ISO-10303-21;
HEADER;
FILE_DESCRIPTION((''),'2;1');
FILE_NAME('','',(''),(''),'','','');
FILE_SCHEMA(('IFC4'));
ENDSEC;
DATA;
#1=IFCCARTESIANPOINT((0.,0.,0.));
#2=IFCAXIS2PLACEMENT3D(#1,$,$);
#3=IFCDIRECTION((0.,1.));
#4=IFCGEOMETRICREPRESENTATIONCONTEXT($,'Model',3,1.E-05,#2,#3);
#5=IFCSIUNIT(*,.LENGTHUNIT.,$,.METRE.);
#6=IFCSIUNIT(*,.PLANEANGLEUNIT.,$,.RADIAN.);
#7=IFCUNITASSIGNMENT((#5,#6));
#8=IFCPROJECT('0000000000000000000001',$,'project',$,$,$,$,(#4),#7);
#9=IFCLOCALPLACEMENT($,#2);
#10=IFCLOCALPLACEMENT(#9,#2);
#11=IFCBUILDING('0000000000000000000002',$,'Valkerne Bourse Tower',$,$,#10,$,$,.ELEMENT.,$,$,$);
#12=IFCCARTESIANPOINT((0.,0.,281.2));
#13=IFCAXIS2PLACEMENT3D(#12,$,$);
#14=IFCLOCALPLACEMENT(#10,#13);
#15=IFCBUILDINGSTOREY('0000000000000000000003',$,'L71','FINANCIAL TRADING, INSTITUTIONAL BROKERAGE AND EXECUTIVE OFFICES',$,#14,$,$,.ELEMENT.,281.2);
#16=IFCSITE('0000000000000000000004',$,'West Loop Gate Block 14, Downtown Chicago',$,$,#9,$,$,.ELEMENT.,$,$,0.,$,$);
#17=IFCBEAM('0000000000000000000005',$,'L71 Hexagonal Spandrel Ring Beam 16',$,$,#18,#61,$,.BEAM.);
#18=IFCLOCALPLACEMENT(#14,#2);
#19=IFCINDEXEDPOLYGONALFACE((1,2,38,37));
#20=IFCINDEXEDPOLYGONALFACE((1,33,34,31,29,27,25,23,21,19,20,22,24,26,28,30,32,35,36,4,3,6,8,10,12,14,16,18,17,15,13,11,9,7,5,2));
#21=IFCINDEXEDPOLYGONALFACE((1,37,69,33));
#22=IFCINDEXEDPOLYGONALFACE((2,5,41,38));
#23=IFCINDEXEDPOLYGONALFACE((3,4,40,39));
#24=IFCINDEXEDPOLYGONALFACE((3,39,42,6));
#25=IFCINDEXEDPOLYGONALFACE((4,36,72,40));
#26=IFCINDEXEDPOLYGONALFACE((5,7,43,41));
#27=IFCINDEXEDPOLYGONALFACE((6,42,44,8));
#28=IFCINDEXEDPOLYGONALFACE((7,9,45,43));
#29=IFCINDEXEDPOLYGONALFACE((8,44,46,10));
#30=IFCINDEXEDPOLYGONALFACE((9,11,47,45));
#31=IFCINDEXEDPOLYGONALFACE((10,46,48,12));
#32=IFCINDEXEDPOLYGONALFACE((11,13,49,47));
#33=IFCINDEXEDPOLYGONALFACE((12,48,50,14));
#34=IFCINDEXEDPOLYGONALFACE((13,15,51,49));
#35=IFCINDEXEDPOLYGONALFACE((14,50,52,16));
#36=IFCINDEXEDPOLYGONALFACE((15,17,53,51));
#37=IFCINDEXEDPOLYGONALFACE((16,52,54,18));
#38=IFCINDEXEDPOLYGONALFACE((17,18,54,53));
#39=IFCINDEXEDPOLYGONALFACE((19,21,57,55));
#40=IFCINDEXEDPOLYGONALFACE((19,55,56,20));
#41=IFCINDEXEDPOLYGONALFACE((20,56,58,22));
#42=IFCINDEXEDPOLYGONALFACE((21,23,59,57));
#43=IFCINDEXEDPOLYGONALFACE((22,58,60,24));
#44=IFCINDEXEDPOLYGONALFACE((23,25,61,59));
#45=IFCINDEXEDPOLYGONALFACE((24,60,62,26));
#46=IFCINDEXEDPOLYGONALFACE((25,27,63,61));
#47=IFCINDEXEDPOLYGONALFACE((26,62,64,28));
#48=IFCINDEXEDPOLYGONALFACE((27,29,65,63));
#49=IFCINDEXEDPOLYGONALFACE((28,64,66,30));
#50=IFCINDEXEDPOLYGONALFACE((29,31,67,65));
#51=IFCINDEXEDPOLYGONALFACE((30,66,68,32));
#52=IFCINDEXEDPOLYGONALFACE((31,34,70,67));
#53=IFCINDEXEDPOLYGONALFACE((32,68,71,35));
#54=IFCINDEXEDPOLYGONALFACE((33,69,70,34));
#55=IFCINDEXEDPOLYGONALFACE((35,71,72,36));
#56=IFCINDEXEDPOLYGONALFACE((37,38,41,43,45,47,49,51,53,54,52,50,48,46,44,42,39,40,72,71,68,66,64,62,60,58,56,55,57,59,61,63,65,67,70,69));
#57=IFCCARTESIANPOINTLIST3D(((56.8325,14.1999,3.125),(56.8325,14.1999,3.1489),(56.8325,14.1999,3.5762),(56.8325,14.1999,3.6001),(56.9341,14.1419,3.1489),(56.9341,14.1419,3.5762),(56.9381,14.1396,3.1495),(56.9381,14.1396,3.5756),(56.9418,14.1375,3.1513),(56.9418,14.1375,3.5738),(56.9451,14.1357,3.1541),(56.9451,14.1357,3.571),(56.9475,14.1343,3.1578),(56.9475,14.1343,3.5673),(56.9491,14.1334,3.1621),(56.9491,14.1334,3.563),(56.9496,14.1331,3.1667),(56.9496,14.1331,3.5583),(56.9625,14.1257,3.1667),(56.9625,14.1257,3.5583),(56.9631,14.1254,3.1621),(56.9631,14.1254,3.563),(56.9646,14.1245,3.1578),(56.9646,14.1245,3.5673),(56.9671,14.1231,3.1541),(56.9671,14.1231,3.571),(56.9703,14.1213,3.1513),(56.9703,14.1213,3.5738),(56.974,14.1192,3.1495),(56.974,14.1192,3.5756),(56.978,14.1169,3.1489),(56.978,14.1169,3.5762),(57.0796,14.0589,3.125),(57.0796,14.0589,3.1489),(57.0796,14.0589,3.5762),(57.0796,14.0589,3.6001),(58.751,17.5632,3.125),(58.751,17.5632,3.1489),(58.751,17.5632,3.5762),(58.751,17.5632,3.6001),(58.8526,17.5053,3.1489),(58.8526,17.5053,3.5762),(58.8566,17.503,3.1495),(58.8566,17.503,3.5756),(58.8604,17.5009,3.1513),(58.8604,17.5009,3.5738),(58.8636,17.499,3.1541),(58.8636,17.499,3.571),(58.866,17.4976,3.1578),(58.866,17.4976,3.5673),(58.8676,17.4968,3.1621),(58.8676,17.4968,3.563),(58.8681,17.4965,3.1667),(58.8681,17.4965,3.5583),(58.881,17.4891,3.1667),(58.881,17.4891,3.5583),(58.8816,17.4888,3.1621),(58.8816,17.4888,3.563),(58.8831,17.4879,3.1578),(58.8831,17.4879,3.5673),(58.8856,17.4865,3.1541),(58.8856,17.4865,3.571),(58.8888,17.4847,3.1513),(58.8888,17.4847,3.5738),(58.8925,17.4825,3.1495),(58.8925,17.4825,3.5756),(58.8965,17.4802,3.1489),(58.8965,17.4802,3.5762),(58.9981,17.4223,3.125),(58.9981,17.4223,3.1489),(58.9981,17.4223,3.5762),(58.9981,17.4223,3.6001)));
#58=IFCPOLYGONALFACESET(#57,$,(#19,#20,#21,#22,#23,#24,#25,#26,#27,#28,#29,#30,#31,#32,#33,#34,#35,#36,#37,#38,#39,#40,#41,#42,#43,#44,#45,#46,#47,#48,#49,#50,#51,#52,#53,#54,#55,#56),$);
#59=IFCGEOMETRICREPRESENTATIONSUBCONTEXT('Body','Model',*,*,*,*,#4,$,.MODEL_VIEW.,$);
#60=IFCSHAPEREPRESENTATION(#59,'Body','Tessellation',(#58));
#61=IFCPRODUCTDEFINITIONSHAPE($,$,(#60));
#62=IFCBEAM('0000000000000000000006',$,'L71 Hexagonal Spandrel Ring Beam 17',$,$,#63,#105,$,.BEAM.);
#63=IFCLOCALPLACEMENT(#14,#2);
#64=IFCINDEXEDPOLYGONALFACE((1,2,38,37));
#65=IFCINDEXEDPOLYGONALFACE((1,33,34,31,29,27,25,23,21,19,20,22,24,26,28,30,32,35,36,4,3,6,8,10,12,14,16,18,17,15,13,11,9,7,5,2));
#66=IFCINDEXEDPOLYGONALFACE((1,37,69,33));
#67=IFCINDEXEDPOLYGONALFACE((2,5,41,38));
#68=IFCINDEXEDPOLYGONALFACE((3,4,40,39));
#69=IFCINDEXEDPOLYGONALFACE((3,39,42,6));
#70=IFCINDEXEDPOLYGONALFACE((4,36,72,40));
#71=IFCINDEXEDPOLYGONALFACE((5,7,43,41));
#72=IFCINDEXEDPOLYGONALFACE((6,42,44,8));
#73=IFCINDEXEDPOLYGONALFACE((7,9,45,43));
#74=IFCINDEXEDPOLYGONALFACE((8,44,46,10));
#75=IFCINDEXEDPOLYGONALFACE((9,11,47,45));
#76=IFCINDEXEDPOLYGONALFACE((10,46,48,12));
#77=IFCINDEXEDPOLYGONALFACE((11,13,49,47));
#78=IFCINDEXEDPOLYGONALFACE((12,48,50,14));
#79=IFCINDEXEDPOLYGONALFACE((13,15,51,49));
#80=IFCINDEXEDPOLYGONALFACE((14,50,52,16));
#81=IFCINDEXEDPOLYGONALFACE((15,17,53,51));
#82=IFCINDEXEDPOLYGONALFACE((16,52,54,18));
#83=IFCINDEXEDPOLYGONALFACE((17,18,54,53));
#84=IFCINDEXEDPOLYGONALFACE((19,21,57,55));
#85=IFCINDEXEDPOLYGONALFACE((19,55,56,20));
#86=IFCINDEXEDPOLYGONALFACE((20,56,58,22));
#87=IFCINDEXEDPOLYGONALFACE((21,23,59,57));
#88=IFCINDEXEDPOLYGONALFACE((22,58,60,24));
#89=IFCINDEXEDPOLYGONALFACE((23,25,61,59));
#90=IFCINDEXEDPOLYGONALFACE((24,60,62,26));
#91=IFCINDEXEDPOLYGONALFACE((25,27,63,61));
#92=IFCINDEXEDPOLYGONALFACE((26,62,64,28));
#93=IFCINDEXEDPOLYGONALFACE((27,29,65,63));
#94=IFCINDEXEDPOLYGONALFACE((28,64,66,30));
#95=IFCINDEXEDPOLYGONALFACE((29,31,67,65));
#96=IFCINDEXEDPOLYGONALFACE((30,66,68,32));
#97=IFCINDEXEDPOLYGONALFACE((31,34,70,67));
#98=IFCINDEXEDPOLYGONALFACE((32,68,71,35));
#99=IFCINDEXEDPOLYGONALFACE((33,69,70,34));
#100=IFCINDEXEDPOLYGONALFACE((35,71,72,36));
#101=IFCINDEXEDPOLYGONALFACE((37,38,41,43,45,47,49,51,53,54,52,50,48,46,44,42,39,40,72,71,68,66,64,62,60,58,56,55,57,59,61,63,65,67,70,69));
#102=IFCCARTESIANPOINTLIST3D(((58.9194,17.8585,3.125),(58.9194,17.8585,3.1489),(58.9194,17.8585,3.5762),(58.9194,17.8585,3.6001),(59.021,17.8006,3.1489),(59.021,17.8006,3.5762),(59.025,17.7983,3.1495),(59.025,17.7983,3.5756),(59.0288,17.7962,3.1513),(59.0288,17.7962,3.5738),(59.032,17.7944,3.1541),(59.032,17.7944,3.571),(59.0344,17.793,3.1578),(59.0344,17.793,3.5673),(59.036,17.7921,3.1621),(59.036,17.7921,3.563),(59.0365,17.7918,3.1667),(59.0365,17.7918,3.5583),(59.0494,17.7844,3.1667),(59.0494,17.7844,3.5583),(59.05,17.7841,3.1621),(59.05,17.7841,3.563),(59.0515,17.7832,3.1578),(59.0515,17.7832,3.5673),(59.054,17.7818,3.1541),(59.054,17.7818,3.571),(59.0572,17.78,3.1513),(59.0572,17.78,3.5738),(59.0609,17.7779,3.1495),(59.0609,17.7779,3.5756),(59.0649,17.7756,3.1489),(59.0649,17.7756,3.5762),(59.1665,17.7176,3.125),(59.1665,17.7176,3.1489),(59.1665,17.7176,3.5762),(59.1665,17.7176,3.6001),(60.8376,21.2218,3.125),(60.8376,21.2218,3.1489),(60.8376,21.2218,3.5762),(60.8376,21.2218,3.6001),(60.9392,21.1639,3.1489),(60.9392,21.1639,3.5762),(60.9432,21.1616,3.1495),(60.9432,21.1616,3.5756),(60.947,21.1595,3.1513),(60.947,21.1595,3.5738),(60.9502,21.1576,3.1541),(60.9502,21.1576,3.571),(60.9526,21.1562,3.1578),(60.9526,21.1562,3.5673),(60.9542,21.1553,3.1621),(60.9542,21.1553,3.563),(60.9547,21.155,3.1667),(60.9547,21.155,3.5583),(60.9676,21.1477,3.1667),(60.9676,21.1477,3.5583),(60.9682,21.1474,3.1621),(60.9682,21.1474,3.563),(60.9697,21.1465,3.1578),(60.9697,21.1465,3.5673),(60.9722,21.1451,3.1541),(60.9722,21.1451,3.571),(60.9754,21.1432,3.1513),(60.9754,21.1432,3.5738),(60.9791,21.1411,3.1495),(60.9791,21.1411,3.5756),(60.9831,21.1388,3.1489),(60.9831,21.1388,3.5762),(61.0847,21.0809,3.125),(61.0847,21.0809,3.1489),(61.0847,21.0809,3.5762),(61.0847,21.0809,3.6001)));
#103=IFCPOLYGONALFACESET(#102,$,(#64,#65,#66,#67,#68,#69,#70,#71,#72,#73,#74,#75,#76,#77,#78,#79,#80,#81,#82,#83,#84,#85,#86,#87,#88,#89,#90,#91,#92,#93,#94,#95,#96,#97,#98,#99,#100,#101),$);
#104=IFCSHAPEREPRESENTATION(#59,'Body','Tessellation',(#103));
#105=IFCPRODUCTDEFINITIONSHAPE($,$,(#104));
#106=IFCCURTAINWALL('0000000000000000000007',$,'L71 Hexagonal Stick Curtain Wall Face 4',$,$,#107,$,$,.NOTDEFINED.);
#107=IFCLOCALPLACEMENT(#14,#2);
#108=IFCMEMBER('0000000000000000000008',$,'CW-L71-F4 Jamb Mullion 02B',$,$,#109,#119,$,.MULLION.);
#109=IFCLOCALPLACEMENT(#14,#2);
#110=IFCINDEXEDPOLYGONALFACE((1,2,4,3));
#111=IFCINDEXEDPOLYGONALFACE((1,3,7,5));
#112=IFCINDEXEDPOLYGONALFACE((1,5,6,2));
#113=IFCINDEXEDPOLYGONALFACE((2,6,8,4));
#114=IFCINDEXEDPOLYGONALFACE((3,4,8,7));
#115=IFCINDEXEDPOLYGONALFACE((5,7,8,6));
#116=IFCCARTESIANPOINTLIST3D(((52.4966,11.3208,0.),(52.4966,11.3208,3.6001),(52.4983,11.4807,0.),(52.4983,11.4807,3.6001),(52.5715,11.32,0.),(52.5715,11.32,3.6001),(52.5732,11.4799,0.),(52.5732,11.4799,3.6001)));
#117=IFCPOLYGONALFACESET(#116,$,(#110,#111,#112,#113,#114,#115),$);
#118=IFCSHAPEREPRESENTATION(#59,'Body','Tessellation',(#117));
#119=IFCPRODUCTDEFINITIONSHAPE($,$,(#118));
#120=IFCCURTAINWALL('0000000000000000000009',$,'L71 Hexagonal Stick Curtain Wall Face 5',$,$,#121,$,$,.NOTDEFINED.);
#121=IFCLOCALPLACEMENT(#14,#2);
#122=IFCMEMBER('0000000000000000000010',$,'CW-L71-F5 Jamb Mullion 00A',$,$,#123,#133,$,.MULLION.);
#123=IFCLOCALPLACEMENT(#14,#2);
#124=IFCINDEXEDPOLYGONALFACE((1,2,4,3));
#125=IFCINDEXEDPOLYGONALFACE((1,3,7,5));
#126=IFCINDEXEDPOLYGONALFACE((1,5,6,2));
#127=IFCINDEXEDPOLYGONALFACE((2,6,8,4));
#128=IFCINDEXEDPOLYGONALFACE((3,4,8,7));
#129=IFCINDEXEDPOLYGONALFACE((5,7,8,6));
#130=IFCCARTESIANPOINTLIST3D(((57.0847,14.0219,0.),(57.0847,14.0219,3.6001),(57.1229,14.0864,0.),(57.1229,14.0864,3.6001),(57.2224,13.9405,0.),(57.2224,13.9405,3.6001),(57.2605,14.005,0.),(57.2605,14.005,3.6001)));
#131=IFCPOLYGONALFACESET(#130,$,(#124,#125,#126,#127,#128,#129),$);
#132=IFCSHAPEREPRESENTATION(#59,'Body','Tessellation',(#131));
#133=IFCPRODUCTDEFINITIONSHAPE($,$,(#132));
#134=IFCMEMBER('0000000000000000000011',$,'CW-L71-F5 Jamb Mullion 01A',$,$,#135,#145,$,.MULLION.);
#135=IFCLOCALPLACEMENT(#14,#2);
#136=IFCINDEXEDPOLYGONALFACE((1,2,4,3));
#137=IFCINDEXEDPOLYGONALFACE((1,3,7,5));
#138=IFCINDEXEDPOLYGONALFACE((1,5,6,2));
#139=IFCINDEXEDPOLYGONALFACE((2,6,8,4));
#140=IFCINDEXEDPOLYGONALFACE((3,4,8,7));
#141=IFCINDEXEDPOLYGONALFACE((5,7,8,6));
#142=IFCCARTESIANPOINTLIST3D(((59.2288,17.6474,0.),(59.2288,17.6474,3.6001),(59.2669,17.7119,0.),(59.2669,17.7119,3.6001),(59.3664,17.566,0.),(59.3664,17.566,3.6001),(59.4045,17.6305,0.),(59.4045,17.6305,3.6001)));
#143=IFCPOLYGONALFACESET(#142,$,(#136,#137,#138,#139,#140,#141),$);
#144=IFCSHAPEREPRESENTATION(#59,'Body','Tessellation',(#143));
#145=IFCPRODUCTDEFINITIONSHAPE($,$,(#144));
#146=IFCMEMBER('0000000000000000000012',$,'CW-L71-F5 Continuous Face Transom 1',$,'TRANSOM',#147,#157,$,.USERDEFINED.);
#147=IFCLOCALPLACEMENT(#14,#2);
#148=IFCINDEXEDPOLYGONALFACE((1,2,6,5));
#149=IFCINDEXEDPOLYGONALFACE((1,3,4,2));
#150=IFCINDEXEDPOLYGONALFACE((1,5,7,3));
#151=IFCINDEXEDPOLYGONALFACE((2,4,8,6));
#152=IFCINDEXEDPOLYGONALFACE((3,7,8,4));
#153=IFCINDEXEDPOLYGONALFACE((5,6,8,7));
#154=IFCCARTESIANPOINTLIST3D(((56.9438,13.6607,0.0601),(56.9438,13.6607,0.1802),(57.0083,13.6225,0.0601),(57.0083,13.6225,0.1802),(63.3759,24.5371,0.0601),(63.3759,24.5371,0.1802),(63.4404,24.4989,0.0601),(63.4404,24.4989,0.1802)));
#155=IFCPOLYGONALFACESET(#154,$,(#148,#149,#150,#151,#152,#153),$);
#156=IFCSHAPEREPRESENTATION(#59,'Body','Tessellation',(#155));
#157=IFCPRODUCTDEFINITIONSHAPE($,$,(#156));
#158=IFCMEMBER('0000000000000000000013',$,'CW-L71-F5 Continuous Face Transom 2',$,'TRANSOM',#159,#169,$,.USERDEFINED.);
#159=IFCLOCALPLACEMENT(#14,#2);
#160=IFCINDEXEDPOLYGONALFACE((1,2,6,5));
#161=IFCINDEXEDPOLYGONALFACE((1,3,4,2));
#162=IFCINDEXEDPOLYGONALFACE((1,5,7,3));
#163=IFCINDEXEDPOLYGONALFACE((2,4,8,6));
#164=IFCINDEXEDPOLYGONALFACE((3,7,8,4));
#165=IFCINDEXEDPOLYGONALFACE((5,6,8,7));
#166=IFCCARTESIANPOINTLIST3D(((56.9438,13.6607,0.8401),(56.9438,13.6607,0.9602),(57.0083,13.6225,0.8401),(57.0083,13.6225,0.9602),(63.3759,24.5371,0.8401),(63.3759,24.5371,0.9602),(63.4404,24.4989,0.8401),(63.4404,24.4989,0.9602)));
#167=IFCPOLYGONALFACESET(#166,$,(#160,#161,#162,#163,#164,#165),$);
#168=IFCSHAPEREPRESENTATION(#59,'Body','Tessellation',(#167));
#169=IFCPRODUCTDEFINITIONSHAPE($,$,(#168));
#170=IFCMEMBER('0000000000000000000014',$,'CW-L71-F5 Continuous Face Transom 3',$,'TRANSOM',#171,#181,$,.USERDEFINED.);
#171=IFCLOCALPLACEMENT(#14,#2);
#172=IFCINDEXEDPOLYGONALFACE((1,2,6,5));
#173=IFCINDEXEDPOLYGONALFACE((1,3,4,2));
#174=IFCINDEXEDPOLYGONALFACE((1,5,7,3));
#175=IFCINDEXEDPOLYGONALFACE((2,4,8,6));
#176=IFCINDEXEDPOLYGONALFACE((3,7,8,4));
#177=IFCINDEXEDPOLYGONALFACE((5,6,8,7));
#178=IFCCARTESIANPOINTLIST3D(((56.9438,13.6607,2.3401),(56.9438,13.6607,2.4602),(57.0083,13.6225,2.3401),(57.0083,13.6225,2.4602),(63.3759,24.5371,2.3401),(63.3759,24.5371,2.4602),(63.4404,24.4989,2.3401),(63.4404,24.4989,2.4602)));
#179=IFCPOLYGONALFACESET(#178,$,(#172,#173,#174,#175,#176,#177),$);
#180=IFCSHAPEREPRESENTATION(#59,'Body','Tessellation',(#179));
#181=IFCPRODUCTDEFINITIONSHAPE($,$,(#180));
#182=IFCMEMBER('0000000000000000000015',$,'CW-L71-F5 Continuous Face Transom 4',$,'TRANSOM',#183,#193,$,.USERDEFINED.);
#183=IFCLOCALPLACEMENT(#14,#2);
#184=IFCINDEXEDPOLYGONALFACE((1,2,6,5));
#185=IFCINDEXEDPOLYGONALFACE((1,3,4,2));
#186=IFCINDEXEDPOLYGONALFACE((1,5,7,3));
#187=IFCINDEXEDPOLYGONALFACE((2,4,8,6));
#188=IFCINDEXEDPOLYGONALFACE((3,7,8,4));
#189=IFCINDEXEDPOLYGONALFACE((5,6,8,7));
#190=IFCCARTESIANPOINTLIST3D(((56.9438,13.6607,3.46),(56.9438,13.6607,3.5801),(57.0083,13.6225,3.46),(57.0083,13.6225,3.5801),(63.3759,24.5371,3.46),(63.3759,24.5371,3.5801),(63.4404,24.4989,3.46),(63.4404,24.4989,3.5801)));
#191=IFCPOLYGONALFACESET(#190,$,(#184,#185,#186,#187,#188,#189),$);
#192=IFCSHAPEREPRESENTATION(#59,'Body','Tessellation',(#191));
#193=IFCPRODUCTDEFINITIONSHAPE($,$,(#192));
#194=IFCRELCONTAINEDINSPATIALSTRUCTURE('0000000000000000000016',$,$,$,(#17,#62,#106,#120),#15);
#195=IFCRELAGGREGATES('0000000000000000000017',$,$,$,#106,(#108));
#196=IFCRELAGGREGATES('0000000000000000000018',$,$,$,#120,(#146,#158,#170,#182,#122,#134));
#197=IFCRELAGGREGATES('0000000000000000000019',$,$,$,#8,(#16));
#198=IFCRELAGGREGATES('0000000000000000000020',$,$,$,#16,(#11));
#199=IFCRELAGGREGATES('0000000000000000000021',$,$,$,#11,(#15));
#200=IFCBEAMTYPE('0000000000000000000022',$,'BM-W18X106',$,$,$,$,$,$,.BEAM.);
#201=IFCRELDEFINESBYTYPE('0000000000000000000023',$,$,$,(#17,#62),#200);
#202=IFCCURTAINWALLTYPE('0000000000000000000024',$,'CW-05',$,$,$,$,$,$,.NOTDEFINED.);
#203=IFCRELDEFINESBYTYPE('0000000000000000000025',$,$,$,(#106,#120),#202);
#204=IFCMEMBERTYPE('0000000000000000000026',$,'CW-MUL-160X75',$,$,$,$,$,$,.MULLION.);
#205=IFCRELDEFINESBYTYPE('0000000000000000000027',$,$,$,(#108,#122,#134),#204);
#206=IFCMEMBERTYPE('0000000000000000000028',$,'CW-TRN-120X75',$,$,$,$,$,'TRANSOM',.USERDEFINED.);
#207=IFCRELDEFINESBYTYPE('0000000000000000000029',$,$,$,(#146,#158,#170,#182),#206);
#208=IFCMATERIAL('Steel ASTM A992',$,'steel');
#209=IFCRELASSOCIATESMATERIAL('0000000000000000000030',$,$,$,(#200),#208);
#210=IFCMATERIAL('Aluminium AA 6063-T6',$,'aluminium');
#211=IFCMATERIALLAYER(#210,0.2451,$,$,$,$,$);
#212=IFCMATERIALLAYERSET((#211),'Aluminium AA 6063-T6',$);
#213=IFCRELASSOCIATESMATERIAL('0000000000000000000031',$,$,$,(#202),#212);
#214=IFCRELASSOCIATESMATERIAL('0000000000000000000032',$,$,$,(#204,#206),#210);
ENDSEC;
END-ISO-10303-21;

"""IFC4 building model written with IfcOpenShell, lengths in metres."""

from ifc_helpers import new_model, si_unit, direction, frame, origin, origin_2d, place, context, subcontext, project, spatial, rectangle, i_section, extrude, material, layer, layer_set, material_profile, profile_set, type_object, element, aggregate, save


model = new_model("IFC4")

# Units and contexts
model_context = context("Model", 3, precision=1e-05, world=origin(), true_north=direction((0.0, 1.0)))
body_context = subcontext(model_context, "Body", "Model", "MODEL_VIEW")
ifc_project = project(units=[si_unit("LENGTHUNIT", "METRE"), si_unit("PLANEANGLEUNIT", "RADIAN")], contexts=[model_context])

# Site, building, storey
site_placement = place(None, origin())
site = spatial("IfcSite", under=ifc_project, at=site_placement, Name="West Loop Gate Block 14, Downtown Chicago", CompositionType="ELEMENT", RefElevation=0.0)
building_placement = place(site_placement, origin())
building = spatial("IfcBuilding", under=site, at=building_placement, Name="Valkerne Bourse Tower", CompositionType="ELEMENT")
storey_placement = place(building_placement, frame((0.0, 0.0, 281.2)))
storey = spatial("IfcBuildingStorey", under=building, at=storey_placement, Name="L71", Description="FINANCIAL TRADING, INSTITUTIONAL BROKERAGE AND EXECUTIVE OFFICES", CompositionType="ELEMENT", Elevation=281.2)

# Beams
ifc_material_1 = material(Name="Steel ASTM A992", Category="steel")
ifc_material_profile_1 = material_profile(ifc_material_1, i_section(OverallWidth=0.2844, OverallDepth=0.4751, WebThickness=0.0149, FlangeThickness=0.0239, FilletRadius=0.0178, at=origin_2d()), Name="W18X106")
ifc_profile_set_1 = profile_set([ifc_material_profile_1], Name="Steel ASTM A992")
beam_type = type_object("IfcBeamType", Name="BM-W18X106", PredefinedType="BEAM", material=ifc_profile_set_1)
beam_1_placement = place(storey_placement, frame((56.9561, 14.1294, 3.3625), z_axis=(0.495473, 0.868623, 0.0), x_axis=(-0.868623, 0.495473, 0.0)))
element("IfcBeam", 1, at=beam_1_placement, inside=storey, type_object=beam_type, Name="L71 Hexagonal Spandrel Ring Beam 16", PredefinedType="BEAM", context=body_context, shape_type="SweptSolid", body=[
    extrude(i_section(OverallWidth=0.2844, OverallDepth=0.4751, WebThickness=0.0149, FlangeThickness=0.0239, FilletRadius=0.0178, at=origin_2d()), origin(), (0.0, 0.0, 1.0), 3.8721),
])
beam_2_placement = place(storey_placement, frame((59.043, 17.7881, 3.3625), z_axis=(0.495426, 0.86865, 0.0), x_axis=(-0.86865, 0.495426, 0.0)))
element("IfcBeam", 2, at=beam_2_placement, inside=storey, type_object=beam_type, Name="L71 Hexagonal Spandrel Ring Beam 17", PredefinedType="BEAM", context=body_context, shape_type="SweptSolid", body=[
    extrude(i_section(OverallWidth=0.2844, OverallDepth=0.4751, WebThickness=0.0149, FlangeThickness=0.0239, FilletRadius=0.0178, at=origin_2d()), origin(), (0.0, 0.0, 1.0), 3.8718),
])

# Curtain wall, member
ifc_material_2 = material(Name="Aluminium AA 6063-T6", Category="aluminium")
ifc_layer_1 = layer(ifc_material_2, 0.2451)
ifc_layer_set_1 = layer_set([ifc_layer_1], Name="Aluminium AA 6063-T6")
curtain_wall_type = type_object("IfcCurtainWallType", Name="CW-05", PredefinedType="NOTDEFINED", material=ifc_layer_set_1)
curtain_wall_1_placement = place(storey_placement, origin())
curtain_wall_1 = element("IfcCurtainWall", 3, at=curtain_wall_1_placement, inside=storey, type_object=curtain_wall_type, Name="L71 Hexagonal Stick Curtain Wall Face 4", PredefinedType="NOTDEFINED")
ifc_material_profile_2 = material_profile(ifc_material_2, rectangle(XDim=0.075, YDim=0.1599, at=origin_2d()), Name="CWM-75X160")
ifc_profile_set_2 = profile_set([ifc_material_profile_2], Name="Aluminium AA 6063-T6")
member_type_1 = type_object("IfcMemberType", Name="CW-MUL-160X75", PredefinedType="MULLION", material=ifc_profile_set_2)
member_1_placement = place(storey_placement, frame((52.5349, 11.4004, 0.0), z_axis=(0.0, 0.0, 1.0), x_axis=(0.999945, -0.01047, 0.0)))
member_1 = element("IfcMember", 4, at=member_1_placement, type_object=member_type_1, Name="CW-L71-F4 Jamb Mullion 02B", PredefinedType="MULLION", context=body_context, shape_type="SweptSolid", body=[
    extrude(rectangle(XDim=0.075, YDim=0.1599, at=origin_2d()), origin(), (0.0, 0.0, 1.0), 3.6001),
])
aggregate(curtain_wall_1, [member_1])

# Curtain wall, members
curtain_wall_2_placement = place(storey_placement, origin())
curtain_wall_2 = element("IfcCurtainWall", 5, at=curtain_wall_2_placement, inside=storey, type_object=curtain_wall_type, Name="L71 Hexagonal Stick Curtain Wall Face 5", PredefinedType="NOTDEFINED")
member_2_placement = place(storey_placement, frame((57.1726, 14.0134, 0.0), z_axis=(0.0, 0.0, 1.0), x_axis=(0.509039, 0.860744, 0.0)))
member_2 = element("IfcMember", 6, at=member_2_placement, type_object=member_type_1, Name="CW-L71-F5 Jamb Mullion 00A", PredefinedType="MULLION", context=body_context, shape_type="SweptSolid", body=[
    extrude(rectangle(XDim=0.075, YDim=0.1599, at=origin_2d()), origin(), (0.0, 0.0, 1.0), 3.6001),
])
member_3_placement = place(storey_placement, frame((59.3167, 17.6389, 0.0), z_axis=(0.0, 0.0, 1.0), x_axis=(0.509032, 0.860748, 0.0)))
member_3 = element("IfcMember", 7, at=member_3_placement, type_object=member_type_1, Name="CW-L71-F5 Jamb Mullion 01A", PredefinedType="MULLION", context=body_context, shape_type="SweptSolid", body=[
    extrude(rectangle(XDim=0.075, YDim=0.1599, at=origin_2d()), origin(), (0.0, 0.0, 1.0), 3.6001),
])
ifc_material_profile_3 = material_profile(ifc_material_2, rectangle(XDim=0.075, YDim=0.1201, at=origin_2d()), Name="CWT-75X120")
ifc_profile_set_3 = profile_set([ifc_material_profile_3], Name="Aluminium AA 6063-T6")
member_type_2 = type_object("IfcMemberType", Name="CW-TRN-120X75", ElementType="TRANSOM", PredefinedType="USERDEFINED", material=ifc_profile_set_3)
member_4_placement = place(storey_placement, frame((56.9761, 13.6416, 0.1201), z_axis=(0.50903, 0.860749, 0.0), x_axis=(-0.860749, 0.50903, 0.0)))
member_4 = element("IfcMember", 8, at=member_4_placement, type_object=member_type_2, Name="CW-L71-F5 Continuous Face Transom 1", ObjectType="TRANSOM", PredefinedType="USERDEFINED", context=body_context, shape_type="SweptSolid", body=[
    extrude(rectangle(XDim=0.075, YDim=0.1201, at=origin_2d()), origin(), (0.0, 0.0, 1.0), 12.636),
])
member_5_placement = place(storey_placement, frame((56.9761, 13.6416, 0.9001), z_axis=(0.50903, 0.860749, 0.0), x_axis=(-0.860749, 0.50903, 0.0)))
member_5 = element("IfcMember", 9, at=member_5_placement, type_object=member_type_2, Name="CW-L71-F5 Continuous Face Transom 2", ObjectType="TRANSOM", PredefinedType="USERDEFINED", context=body_context, shape_type="SweptSolid", body=[
    extrude(rectangle(XDim=0.075, YDim=0.1201, at=origin_2d()), origin(), (0.0, 0.0, 1.0), 12.636),
])
member_6_placement = place(storey_placement, frame((56.9761, 13.6416, 2.4001), z_axis=(0.50903, 0.860749, 0.0), x_axis=(-0.860749, 0.50903, 0.0)))
member_6 = element("IfcMember", 10, at=member_6_placement, type_object=member_type_2, Name="CW-L71-F5 Continuous Face Transom 3", ObjectType="TRANSOM", PredefinedType="USERDEFINED", context=body_context, shape_type="SweptSolid", body=[
    extrude(rectangle(XDim=0.075, YDim=0.1201, at=origin_2d()), origin(), (0.0, 0.0, 1.0), 12.636),
])
member_7_placement = place(storey_placement, frame((56.9761, 13.6416, 3.52), z_axis=(0.50903, 0.860749, 0.0), x_axis=(-0.860749, 0.50903, 0.0)))
member_7 = element("IfcMember", 11, at=member_7_placement, type_object=member_type_2, Name="CW-L71-F5 Continuous Face Transom 4", ObjectType="TRANSOM", PredefinedType="USERDEFINED", context=body_context, shape_type="SweptSolid", body=[
    extrude(rectangle(XDim=0.075, YDim=0.1201, at=origin_2d()), origin(), (0.0, 0.0, 1.0), 12.636),
])

aggregate(curtain_wall_2, [member_4, member_5, member_6, member_7, member_2, member_3])

save(model, "model.ifc")
